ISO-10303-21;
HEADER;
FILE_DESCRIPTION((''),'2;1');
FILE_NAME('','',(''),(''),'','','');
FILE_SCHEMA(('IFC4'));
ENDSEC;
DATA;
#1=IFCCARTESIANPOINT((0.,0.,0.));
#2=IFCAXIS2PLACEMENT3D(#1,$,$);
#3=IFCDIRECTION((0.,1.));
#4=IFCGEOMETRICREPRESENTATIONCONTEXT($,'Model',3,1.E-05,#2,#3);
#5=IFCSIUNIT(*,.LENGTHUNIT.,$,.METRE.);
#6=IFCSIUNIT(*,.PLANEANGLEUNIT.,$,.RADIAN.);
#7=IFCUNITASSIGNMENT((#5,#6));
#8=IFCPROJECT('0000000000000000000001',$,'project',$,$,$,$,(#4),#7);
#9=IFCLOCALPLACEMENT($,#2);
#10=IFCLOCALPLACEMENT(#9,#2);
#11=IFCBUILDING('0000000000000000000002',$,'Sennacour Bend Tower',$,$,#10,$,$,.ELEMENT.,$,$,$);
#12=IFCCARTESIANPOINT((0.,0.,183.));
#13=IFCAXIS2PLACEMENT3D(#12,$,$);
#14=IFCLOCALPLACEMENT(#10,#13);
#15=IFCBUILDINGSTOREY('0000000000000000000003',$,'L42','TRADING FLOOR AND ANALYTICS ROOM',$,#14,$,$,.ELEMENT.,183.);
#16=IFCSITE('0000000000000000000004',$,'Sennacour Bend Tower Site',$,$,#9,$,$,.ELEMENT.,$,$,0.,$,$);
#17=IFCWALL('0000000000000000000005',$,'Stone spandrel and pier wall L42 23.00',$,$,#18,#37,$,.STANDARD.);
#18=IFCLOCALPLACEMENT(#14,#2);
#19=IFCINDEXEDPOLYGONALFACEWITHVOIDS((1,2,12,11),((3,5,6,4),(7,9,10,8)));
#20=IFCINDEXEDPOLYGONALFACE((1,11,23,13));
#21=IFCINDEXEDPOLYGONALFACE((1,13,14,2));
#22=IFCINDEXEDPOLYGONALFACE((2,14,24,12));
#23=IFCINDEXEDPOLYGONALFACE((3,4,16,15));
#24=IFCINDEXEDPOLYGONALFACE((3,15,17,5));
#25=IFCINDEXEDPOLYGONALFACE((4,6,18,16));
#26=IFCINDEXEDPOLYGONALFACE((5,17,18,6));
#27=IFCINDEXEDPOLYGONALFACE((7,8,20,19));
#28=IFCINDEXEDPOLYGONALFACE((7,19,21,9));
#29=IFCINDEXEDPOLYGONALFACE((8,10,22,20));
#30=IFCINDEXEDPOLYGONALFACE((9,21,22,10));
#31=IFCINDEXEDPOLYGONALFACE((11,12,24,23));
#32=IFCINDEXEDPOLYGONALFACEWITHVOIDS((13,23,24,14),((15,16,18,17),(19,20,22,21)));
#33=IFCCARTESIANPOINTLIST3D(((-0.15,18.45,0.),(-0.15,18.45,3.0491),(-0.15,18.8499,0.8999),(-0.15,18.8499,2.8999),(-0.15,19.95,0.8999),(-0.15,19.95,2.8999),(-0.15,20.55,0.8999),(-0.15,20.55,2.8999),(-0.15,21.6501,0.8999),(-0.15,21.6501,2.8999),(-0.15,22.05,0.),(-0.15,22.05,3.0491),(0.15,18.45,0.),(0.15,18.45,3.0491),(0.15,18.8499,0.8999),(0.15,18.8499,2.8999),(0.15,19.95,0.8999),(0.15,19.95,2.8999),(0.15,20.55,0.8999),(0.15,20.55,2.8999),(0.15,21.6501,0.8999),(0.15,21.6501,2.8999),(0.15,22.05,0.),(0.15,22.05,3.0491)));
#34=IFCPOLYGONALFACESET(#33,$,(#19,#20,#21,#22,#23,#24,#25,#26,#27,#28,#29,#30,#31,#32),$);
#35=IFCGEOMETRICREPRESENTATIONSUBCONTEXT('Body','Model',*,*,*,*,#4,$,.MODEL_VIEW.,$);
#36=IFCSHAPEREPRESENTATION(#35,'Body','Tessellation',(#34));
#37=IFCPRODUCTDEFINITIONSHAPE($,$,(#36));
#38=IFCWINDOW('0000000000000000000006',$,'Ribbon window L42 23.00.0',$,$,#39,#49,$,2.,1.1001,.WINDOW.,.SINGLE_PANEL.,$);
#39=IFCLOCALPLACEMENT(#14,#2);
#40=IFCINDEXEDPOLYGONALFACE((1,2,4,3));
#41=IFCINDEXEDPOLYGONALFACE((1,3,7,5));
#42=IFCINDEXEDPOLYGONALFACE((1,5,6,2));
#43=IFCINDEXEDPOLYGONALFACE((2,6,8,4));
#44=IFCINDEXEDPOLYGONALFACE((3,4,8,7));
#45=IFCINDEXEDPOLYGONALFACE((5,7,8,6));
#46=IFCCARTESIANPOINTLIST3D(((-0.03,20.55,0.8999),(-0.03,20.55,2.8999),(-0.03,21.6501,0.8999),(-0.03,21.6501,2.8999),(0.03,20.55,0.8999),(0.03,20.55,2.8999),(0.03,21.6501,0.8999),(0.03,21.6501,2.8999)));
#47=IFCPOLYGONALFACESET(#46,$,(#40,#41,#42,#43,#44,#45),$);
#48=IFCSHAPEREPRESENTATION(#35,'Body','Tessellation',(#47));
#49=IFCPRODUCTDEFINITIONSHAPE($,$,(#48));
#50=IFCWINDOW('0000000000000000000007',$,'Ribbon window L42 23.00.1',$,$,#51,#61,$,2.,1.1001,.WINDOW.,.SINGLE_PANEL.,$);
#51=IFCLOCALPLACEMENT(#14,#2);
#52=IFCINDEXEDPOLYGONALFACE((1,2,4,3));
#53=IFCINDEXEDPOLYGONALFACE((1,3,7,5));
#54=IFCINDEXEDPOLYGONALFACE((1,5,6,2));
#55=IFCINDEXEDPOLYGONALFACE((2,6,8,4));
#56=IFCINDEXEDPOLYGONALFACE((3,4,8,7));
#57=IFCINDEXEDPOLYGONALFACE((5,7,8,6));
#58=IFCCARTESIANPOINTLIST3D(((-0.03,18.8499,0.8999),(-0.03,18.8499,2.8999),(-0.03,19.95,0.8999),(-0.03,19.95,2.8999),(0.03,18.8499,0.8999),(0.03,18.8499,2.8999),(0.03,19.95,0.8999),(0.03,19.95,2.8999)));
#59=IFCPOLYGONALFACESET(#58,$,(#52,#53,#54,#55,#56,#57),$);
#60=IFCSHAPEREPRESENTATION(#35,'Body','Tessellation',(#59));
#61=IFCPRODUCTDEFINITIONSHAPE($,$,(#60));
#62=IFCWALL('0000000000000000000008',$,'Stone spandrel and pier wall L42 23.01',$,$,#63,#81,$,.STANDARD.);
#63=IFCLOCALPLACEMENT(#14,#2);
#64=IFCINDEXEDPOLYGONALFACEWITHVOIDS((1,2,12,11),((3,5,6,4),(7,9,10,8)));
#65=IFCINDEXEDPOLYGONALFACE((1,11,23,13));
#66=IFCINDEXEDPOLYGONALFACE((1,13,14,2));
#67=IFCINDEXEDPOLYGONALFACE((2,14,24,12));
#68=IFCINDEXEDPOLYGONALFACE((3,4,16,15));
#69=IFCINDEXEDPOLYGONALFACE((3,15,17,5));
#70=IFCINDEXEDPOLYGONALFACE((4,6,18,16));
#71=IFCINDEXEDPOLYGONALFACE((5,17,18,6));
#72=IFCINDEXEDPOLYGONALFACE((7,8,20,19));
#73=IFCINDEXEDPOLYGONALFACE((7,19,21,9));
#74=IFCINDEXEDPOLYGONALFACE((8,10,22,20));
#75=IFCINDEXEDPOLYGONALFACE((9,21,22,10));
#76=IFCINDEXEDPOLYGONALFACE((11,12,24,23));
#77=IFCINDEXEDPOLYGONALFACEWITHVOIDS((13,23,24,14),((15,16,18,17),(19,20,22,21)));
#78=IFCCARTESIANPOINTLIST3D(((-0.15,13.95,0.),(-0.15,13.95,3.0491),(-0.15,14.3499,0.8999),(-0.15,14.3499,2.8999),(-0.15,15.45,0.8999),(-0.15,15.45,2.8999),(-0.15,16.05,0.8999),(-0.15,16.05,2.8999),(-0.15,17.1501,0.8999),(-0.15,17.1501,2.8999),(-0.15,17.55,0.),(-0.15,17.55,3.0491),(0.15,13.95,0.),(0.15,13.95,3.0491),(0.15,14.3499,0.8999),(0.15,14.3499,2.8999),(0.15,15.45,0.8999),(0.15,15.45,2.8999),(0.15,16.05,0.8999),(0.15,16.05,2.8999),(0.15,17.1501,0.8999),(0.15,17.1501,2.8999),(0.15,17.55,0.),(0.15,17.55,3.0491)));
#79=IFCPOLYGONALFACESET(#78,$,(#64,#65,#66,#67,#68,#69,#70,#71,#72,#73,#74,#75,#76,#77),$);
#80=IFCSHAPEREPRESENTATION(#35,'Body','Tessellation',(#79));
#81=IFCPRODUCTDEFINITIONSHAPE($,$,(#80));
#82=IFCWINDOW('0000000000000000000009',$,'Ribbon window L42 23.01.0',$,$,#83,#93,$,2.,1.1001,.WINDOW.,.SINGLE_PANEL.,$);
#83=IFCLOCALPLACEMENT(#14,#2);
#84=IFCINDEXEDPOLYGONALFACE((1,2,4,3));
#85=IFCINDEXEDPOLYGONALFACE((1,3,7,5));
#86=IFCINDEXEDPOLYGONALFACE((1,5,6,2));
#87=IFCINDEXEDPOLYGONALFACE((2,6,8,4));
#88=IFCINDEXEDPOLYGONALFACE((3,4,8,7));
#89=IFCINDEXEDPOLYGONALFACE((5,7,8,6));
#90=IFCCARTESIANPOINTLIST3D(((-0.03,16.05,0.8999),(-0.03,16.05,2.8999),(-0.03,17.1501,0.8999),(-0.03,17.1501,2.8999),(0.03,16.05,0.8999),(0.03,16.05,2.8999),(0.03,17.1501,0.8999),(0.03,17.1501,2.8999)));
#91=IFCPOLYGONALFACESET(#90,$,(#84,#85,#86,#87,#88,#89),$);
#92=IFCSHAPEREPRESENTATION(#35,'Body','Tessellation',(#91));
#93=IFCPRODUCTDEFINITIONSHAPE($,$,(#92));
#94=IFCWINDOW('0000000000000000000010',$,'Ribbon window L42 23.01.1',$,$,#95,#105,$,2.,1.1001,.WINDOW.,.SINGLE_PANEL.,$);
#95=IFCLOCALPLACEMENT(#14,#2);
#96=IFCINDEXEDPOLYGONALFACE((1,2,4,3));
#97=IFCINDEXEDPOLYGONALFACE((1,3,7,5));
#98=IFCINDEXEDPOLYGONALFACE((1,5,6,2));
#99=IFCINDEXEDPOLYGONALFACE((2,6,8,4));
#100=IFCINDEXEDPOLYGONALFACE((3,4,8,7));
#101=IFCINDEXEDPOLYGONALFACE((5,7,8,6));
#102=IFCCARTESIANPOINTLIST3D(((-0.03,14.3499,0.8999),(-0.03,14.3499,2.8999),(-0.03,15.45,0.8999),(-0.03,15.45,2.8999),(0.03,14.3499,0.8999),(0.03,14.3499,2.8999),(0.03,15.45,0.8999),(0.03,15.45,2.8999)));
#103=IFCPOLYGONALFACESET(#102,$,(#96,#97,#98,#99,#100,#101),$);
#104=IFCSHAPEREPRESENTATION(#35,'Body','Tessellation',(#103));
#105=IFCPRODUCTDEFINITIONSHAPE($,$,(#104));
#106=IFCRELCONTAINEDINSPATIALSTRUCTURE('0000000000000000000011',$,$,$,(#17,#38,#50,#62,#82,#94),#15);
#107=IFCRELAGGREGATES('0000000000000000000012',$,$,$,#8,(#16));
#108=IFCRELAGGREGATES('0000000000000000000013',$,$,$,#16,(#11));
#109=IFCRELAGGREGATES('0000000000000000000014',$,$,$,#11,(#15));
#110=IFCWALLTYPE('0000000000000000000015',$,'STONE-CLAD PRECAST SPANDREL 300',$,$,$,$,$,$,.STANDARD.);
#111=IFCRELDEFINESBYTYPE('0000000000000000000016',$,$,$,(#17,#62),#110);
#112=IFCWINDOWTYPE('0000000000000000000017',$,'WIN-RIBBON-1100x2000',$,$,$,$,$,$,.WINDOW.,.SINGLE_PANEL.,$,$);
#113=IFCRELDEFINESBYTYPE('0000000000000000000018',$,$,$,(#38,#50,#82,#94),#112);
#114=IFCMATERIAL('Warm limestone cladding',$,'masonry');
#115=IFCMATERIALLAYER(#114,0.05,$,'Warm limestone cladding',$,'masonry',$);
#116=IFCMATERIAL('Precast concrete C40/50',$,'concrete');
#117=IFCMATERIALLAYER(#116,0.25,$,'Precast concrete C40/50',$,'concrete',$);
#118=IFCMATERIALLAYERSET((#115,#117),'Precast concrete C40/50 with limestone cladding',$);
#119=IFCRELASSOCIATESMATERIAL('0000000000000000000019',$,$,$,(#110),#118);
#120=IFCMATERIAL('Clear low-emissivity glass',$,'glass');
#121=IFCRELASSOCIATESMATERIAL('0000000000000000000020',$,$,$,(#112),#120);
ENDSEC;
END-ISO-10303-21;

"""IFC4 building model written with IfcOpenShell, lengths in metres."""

from ifc_helpers import new_model, si_unit, direction, frame, frame_2d, origin, place, context, subcontext, project, spatial, rectangle, extrude, material, layer, layer_set, type_object, element, fill, save


model = new_model("IFC4")

# Units and contexts
model_context = context("Model", 3, precision=1e-05, world=origin(), true_north=direction((0.0, 1.0)))
body_context = subcontext(model_context, "Body", "Model", "MODEL_VIEW")
ifc_project = project(units=[si_unit("LENGTHUNIT", "METRE"), si_unit("PLANEANGLEUNIT", "RADIAN")], contexts=[model_context])

# Site, building, storey
site_placement = place(None, origin())
site = spatial("IfcSite", under=ifc_project, at=site_placement, Name="Sennacour Bend Tower Site", CompositionType="ELEMENT", RefElevation=0.0)
building_placement = place(site_placement, origin())
building = spatial("IfcBuilding", under=site, at=building_placement, Name="Sennacour Bend Tower", CompositionType="ELEMENT")
storey_placement = place(building_placement, frame((0.0, 0.0, 183.0)))
storey = spatial("IfcBuildingStorey", under=building, at=storey_placement, Name="L42", Description="TRADING FLOOR AND ANALYTICS ROOM", CompositionType="ELEMENT", Elevation=183.0)

# Shared definitions
ifc_material_1 = material(Name="Warm limestone cladding", Category="masonry")
ifc_layer_1 = layer(ifc_material_1, 0.05, Name="Warm limestone cladding", Category="masonry")
ifc_material_2 = material(Name="Precast concrete C40/50", Category="concrete")
ifc_layer_2 = layer(ifc_material_2, 0.25, Name="Precast concrete C40/50", Category="concrete")
ifc_layer_set_1 = layer_set([ifc_layer_1, ifc_layer_2], Name="Precast concrete C40/50 with limestone cladding")
wall_type_1 = type_object("IfcWallType", Name="STONE-CLAD PRECAST SPANDREL 300", PredefinedType="STANDARD", material=ifc_layer_set_1)

# Walls, openings, windows
wall_1_placement = place(storey_placement, frame((0.0, 22.05, 0.0), z_axis=(0.0, 0.0, 1.0), x_axis=(0.0, -1.0, 0.0)))
wall_1 = element("IfcWall", 1, at=wall_1_placement, inside=storey, type_object=wall_type_1, Name="Stone spandrel and pier wall L42 23.00", PredefinedType="STANDARD", context=body_context, shape_type="SweptSolid", body=[
    extrude(rectangle(XDim=3.6001, YDim=0.3, at=frame_2d((1.8, 0.0))), origin(), (0.0, 0.0, 1.0), 3.0491),
])
opening_1_placement = place(wall_1_placement, frame((0.3999, 0.0, 0.8999)))
opening_1 = element("IfcOpeningElement", 2, at=opening_1_placement, cuts=wall_1, PredefinedType="OPENING", context=body_context, shape_type="SweptSolid", body=[
    extrude(rectangle(XDim=1.1001, YDim=2.0, at=frame_2d((0.55, 1.0))), frame((0.0, 0.1602, 0.0), z_axis=(0.0, -1.0, 0.0), x_axis=(1.0, 0.0, 0.0)), (0.0, 0.0, 1.0), 0.3201),
])
opening_2_placement = place(wall_1_placement, frame((2.1001, 0.0, 0.8999)))
opening_2 = element("IfcOpeningElement", 3, at=opening_2_placement, cuts=wall_1, PredefinedType="OPENING", context=body_context, shape_type="SweptSolid", body=[
    extrude(rectangle(XDim=1.1001, YDim=2.0, at=frame_2d((0.55, 1.0))), frame((0.0, 0.1602, 0.0), z_axis=(0.0, -1.0, 0.0), x_axis=(1.0, 0.0, 0.0)), (0.0, 0.0, 1.0), 0.3201),
])
ifc_material_3 = material(Name="Clear low-emissivity glass", Category="glass")
window_type = type_object("IfcWindowType", Name="WIN-RIBBON-1100x2000", PartitioningType="SINGLE_PANEL", PredefinedType="WINDOW", material=ifc_material_3)
window_1_placement = place(opening_1_placement, origin())
window_1 = element("IfcWindow", 4, at=window_1_placement, inside=storey, type_object=window_type, Name="Ribbon window L42 23.00.0", OverallHeight=2.0, OverallWidth=1.1001, PartitioningType="SINGLE_PANEL", PredefinedType="WINDOW", context=body_context, shape_type="SweptSolid", body=[
    extrude(rectangle(XDim=1.1001, YDim=2.0, at=frame_2d((0.55, 1.0))), frame((0.0, 0.03, 0.0), z_axis=(0.0, -1.0, 0.0), x_axis=(1.0, 0.0, 0.0)), (0.0, 0.0, 1.0), 0.0601),
])
fill(opening_1, window_1)
window_2_placement = place(opening_2_placement, origin())
window_2 = element("IfcWindow", 5, at=window_2_placement, inside=storey, type_object=window_type, Name="Ribbon window L42 23.00.1", OverallHeight=2.0, OverallWidth=1.1001, PartitioningType="SINGLE_PANEL", PredefinedType="WINDOW", context=body_context, shape_type="SweptSolid", body=[
    extrude(rectangle(XDim=1.1001, YDim=2.0, at=frame_2d((0.55, 1.0))), frame((0.0, 0.03, 0.0), z_axis=(0.0, -1.0, 0.0), x_axis=(1.0, 0.0, 0.0)), (0.0, 0.0, 1.0), 0.0601),
])
fill(opening_2, window_2)
wall_2_placement = place(storey_placement, frame((0.0, 17.55, 0.0), z_axis=(0.0, 0.0, 1.0), x_axis=(0.0, -1.0, 0.0)))
wall_2 = element("IfcWall", 6, at=wall_2_placement, inside=storey, type_object=wall_type_1, Name="Stone spandrel and pier wall L42 23.01", PredefinedType="STANDARD", context=body_context, shape_type="SweptSolid", body=[
    extrude(rectangle(XDim=3.6001, YDim=0.3, at=frame_2d((1.8, 0.0))), origin(), (0.0, 0.0, 1.0), 3.0491),
])
opening_3_placement = place(wall_2_placement, frame((0.3999, 0.0, 0.8999)))
opening_3 = element("IfcOpeningElement", 7, at=opening_3_placement, cuts=wall_2, PredefinedType="OPENING", context=body_context, shape_type="SweptSolid", body=[
    extrude(rectangle(XDim=1.1001, YDim=2.0, at=frame_2d((0.55, 1.0))), frame((0.0, 0.1602, 0.0), z_axis=(0.0, -1.0, 0.0), x_axis=(1.0, 0.0, 0.0)), (0.0, 0.0, 1.0), 0.3201),
])
opening_4_placement = place(wall_2_placement, frame((2.1001, 0.0, 0.8999)))
opening_4 = element("IfcOpeningElement", 8, at=opening_4_placement, cuts=wall_2, PredefinedType="OPENING", context=body_context, shape_type="SweptSolid", body=[
    extrude(rectangle(XDim=1.1001, YDim=2.0, at=frame_2d((0.55, 1.0))), frame((0.0, 0.1602, 0.0), z_axis=(0.0, -1.0, 0.0), x_axis=(1.0, 0.0, 0.0)), (0.0, 0.0, 1.0), 0.3201),
])
window_3_placement = place(opening_3_placement, origin())
window_3 = element("IfcWindow", 9, at=window_3_placement, inside=storey, type_object=window_type, Name="Ribbon window L42 23.01.0", OverallHeight=2.0, OverallWidth=1.1001, PartitioningType="SINGLE_PANEL", PredefinedType="WINDOW", context=body_context, shape_type="SweptSolid", body=[
    extrude(rectangle(XDim=1.1001, YDim=2.0, at=frame_2d((0.55, 1.0))), frame((0.0, 0.03, 0.0), z_axis=(0.0, -1.0, 0.0), x_axis=(1.0, 0.0, 0.0)), (0.0, 0.0, 1.0), 0.0601),
])
fill(opening_3, window_3)
window_4_placement = place(opening_4_placement, origin())
window_4 = element("IfcWindow", 10, at=window_4_placement, inside=storey, type_object=window_type, Name="Ribbon window L42 23.01.1", OverallHeight=2.0, OverallWidth=1.1001, PartitioningType="SINGLE_PANEL", PredefinedType="WINDOW", context=body_context, shape_type="SweptSolid", body=[
    extrude(rectangle(XDim=1.1001, YDim=2.0, at=frame_2d((0.55, 1.0))), frame((0.0, 0.03, 0.0), z_axis=(0.0, -1.0, 0.0), x_axis=(1.0, 0.0, 0.0)), (0.0, 0.0, 1.0), 0.0601),
])
fill(opening_4, window_4)

save(model, "model.ifc")
